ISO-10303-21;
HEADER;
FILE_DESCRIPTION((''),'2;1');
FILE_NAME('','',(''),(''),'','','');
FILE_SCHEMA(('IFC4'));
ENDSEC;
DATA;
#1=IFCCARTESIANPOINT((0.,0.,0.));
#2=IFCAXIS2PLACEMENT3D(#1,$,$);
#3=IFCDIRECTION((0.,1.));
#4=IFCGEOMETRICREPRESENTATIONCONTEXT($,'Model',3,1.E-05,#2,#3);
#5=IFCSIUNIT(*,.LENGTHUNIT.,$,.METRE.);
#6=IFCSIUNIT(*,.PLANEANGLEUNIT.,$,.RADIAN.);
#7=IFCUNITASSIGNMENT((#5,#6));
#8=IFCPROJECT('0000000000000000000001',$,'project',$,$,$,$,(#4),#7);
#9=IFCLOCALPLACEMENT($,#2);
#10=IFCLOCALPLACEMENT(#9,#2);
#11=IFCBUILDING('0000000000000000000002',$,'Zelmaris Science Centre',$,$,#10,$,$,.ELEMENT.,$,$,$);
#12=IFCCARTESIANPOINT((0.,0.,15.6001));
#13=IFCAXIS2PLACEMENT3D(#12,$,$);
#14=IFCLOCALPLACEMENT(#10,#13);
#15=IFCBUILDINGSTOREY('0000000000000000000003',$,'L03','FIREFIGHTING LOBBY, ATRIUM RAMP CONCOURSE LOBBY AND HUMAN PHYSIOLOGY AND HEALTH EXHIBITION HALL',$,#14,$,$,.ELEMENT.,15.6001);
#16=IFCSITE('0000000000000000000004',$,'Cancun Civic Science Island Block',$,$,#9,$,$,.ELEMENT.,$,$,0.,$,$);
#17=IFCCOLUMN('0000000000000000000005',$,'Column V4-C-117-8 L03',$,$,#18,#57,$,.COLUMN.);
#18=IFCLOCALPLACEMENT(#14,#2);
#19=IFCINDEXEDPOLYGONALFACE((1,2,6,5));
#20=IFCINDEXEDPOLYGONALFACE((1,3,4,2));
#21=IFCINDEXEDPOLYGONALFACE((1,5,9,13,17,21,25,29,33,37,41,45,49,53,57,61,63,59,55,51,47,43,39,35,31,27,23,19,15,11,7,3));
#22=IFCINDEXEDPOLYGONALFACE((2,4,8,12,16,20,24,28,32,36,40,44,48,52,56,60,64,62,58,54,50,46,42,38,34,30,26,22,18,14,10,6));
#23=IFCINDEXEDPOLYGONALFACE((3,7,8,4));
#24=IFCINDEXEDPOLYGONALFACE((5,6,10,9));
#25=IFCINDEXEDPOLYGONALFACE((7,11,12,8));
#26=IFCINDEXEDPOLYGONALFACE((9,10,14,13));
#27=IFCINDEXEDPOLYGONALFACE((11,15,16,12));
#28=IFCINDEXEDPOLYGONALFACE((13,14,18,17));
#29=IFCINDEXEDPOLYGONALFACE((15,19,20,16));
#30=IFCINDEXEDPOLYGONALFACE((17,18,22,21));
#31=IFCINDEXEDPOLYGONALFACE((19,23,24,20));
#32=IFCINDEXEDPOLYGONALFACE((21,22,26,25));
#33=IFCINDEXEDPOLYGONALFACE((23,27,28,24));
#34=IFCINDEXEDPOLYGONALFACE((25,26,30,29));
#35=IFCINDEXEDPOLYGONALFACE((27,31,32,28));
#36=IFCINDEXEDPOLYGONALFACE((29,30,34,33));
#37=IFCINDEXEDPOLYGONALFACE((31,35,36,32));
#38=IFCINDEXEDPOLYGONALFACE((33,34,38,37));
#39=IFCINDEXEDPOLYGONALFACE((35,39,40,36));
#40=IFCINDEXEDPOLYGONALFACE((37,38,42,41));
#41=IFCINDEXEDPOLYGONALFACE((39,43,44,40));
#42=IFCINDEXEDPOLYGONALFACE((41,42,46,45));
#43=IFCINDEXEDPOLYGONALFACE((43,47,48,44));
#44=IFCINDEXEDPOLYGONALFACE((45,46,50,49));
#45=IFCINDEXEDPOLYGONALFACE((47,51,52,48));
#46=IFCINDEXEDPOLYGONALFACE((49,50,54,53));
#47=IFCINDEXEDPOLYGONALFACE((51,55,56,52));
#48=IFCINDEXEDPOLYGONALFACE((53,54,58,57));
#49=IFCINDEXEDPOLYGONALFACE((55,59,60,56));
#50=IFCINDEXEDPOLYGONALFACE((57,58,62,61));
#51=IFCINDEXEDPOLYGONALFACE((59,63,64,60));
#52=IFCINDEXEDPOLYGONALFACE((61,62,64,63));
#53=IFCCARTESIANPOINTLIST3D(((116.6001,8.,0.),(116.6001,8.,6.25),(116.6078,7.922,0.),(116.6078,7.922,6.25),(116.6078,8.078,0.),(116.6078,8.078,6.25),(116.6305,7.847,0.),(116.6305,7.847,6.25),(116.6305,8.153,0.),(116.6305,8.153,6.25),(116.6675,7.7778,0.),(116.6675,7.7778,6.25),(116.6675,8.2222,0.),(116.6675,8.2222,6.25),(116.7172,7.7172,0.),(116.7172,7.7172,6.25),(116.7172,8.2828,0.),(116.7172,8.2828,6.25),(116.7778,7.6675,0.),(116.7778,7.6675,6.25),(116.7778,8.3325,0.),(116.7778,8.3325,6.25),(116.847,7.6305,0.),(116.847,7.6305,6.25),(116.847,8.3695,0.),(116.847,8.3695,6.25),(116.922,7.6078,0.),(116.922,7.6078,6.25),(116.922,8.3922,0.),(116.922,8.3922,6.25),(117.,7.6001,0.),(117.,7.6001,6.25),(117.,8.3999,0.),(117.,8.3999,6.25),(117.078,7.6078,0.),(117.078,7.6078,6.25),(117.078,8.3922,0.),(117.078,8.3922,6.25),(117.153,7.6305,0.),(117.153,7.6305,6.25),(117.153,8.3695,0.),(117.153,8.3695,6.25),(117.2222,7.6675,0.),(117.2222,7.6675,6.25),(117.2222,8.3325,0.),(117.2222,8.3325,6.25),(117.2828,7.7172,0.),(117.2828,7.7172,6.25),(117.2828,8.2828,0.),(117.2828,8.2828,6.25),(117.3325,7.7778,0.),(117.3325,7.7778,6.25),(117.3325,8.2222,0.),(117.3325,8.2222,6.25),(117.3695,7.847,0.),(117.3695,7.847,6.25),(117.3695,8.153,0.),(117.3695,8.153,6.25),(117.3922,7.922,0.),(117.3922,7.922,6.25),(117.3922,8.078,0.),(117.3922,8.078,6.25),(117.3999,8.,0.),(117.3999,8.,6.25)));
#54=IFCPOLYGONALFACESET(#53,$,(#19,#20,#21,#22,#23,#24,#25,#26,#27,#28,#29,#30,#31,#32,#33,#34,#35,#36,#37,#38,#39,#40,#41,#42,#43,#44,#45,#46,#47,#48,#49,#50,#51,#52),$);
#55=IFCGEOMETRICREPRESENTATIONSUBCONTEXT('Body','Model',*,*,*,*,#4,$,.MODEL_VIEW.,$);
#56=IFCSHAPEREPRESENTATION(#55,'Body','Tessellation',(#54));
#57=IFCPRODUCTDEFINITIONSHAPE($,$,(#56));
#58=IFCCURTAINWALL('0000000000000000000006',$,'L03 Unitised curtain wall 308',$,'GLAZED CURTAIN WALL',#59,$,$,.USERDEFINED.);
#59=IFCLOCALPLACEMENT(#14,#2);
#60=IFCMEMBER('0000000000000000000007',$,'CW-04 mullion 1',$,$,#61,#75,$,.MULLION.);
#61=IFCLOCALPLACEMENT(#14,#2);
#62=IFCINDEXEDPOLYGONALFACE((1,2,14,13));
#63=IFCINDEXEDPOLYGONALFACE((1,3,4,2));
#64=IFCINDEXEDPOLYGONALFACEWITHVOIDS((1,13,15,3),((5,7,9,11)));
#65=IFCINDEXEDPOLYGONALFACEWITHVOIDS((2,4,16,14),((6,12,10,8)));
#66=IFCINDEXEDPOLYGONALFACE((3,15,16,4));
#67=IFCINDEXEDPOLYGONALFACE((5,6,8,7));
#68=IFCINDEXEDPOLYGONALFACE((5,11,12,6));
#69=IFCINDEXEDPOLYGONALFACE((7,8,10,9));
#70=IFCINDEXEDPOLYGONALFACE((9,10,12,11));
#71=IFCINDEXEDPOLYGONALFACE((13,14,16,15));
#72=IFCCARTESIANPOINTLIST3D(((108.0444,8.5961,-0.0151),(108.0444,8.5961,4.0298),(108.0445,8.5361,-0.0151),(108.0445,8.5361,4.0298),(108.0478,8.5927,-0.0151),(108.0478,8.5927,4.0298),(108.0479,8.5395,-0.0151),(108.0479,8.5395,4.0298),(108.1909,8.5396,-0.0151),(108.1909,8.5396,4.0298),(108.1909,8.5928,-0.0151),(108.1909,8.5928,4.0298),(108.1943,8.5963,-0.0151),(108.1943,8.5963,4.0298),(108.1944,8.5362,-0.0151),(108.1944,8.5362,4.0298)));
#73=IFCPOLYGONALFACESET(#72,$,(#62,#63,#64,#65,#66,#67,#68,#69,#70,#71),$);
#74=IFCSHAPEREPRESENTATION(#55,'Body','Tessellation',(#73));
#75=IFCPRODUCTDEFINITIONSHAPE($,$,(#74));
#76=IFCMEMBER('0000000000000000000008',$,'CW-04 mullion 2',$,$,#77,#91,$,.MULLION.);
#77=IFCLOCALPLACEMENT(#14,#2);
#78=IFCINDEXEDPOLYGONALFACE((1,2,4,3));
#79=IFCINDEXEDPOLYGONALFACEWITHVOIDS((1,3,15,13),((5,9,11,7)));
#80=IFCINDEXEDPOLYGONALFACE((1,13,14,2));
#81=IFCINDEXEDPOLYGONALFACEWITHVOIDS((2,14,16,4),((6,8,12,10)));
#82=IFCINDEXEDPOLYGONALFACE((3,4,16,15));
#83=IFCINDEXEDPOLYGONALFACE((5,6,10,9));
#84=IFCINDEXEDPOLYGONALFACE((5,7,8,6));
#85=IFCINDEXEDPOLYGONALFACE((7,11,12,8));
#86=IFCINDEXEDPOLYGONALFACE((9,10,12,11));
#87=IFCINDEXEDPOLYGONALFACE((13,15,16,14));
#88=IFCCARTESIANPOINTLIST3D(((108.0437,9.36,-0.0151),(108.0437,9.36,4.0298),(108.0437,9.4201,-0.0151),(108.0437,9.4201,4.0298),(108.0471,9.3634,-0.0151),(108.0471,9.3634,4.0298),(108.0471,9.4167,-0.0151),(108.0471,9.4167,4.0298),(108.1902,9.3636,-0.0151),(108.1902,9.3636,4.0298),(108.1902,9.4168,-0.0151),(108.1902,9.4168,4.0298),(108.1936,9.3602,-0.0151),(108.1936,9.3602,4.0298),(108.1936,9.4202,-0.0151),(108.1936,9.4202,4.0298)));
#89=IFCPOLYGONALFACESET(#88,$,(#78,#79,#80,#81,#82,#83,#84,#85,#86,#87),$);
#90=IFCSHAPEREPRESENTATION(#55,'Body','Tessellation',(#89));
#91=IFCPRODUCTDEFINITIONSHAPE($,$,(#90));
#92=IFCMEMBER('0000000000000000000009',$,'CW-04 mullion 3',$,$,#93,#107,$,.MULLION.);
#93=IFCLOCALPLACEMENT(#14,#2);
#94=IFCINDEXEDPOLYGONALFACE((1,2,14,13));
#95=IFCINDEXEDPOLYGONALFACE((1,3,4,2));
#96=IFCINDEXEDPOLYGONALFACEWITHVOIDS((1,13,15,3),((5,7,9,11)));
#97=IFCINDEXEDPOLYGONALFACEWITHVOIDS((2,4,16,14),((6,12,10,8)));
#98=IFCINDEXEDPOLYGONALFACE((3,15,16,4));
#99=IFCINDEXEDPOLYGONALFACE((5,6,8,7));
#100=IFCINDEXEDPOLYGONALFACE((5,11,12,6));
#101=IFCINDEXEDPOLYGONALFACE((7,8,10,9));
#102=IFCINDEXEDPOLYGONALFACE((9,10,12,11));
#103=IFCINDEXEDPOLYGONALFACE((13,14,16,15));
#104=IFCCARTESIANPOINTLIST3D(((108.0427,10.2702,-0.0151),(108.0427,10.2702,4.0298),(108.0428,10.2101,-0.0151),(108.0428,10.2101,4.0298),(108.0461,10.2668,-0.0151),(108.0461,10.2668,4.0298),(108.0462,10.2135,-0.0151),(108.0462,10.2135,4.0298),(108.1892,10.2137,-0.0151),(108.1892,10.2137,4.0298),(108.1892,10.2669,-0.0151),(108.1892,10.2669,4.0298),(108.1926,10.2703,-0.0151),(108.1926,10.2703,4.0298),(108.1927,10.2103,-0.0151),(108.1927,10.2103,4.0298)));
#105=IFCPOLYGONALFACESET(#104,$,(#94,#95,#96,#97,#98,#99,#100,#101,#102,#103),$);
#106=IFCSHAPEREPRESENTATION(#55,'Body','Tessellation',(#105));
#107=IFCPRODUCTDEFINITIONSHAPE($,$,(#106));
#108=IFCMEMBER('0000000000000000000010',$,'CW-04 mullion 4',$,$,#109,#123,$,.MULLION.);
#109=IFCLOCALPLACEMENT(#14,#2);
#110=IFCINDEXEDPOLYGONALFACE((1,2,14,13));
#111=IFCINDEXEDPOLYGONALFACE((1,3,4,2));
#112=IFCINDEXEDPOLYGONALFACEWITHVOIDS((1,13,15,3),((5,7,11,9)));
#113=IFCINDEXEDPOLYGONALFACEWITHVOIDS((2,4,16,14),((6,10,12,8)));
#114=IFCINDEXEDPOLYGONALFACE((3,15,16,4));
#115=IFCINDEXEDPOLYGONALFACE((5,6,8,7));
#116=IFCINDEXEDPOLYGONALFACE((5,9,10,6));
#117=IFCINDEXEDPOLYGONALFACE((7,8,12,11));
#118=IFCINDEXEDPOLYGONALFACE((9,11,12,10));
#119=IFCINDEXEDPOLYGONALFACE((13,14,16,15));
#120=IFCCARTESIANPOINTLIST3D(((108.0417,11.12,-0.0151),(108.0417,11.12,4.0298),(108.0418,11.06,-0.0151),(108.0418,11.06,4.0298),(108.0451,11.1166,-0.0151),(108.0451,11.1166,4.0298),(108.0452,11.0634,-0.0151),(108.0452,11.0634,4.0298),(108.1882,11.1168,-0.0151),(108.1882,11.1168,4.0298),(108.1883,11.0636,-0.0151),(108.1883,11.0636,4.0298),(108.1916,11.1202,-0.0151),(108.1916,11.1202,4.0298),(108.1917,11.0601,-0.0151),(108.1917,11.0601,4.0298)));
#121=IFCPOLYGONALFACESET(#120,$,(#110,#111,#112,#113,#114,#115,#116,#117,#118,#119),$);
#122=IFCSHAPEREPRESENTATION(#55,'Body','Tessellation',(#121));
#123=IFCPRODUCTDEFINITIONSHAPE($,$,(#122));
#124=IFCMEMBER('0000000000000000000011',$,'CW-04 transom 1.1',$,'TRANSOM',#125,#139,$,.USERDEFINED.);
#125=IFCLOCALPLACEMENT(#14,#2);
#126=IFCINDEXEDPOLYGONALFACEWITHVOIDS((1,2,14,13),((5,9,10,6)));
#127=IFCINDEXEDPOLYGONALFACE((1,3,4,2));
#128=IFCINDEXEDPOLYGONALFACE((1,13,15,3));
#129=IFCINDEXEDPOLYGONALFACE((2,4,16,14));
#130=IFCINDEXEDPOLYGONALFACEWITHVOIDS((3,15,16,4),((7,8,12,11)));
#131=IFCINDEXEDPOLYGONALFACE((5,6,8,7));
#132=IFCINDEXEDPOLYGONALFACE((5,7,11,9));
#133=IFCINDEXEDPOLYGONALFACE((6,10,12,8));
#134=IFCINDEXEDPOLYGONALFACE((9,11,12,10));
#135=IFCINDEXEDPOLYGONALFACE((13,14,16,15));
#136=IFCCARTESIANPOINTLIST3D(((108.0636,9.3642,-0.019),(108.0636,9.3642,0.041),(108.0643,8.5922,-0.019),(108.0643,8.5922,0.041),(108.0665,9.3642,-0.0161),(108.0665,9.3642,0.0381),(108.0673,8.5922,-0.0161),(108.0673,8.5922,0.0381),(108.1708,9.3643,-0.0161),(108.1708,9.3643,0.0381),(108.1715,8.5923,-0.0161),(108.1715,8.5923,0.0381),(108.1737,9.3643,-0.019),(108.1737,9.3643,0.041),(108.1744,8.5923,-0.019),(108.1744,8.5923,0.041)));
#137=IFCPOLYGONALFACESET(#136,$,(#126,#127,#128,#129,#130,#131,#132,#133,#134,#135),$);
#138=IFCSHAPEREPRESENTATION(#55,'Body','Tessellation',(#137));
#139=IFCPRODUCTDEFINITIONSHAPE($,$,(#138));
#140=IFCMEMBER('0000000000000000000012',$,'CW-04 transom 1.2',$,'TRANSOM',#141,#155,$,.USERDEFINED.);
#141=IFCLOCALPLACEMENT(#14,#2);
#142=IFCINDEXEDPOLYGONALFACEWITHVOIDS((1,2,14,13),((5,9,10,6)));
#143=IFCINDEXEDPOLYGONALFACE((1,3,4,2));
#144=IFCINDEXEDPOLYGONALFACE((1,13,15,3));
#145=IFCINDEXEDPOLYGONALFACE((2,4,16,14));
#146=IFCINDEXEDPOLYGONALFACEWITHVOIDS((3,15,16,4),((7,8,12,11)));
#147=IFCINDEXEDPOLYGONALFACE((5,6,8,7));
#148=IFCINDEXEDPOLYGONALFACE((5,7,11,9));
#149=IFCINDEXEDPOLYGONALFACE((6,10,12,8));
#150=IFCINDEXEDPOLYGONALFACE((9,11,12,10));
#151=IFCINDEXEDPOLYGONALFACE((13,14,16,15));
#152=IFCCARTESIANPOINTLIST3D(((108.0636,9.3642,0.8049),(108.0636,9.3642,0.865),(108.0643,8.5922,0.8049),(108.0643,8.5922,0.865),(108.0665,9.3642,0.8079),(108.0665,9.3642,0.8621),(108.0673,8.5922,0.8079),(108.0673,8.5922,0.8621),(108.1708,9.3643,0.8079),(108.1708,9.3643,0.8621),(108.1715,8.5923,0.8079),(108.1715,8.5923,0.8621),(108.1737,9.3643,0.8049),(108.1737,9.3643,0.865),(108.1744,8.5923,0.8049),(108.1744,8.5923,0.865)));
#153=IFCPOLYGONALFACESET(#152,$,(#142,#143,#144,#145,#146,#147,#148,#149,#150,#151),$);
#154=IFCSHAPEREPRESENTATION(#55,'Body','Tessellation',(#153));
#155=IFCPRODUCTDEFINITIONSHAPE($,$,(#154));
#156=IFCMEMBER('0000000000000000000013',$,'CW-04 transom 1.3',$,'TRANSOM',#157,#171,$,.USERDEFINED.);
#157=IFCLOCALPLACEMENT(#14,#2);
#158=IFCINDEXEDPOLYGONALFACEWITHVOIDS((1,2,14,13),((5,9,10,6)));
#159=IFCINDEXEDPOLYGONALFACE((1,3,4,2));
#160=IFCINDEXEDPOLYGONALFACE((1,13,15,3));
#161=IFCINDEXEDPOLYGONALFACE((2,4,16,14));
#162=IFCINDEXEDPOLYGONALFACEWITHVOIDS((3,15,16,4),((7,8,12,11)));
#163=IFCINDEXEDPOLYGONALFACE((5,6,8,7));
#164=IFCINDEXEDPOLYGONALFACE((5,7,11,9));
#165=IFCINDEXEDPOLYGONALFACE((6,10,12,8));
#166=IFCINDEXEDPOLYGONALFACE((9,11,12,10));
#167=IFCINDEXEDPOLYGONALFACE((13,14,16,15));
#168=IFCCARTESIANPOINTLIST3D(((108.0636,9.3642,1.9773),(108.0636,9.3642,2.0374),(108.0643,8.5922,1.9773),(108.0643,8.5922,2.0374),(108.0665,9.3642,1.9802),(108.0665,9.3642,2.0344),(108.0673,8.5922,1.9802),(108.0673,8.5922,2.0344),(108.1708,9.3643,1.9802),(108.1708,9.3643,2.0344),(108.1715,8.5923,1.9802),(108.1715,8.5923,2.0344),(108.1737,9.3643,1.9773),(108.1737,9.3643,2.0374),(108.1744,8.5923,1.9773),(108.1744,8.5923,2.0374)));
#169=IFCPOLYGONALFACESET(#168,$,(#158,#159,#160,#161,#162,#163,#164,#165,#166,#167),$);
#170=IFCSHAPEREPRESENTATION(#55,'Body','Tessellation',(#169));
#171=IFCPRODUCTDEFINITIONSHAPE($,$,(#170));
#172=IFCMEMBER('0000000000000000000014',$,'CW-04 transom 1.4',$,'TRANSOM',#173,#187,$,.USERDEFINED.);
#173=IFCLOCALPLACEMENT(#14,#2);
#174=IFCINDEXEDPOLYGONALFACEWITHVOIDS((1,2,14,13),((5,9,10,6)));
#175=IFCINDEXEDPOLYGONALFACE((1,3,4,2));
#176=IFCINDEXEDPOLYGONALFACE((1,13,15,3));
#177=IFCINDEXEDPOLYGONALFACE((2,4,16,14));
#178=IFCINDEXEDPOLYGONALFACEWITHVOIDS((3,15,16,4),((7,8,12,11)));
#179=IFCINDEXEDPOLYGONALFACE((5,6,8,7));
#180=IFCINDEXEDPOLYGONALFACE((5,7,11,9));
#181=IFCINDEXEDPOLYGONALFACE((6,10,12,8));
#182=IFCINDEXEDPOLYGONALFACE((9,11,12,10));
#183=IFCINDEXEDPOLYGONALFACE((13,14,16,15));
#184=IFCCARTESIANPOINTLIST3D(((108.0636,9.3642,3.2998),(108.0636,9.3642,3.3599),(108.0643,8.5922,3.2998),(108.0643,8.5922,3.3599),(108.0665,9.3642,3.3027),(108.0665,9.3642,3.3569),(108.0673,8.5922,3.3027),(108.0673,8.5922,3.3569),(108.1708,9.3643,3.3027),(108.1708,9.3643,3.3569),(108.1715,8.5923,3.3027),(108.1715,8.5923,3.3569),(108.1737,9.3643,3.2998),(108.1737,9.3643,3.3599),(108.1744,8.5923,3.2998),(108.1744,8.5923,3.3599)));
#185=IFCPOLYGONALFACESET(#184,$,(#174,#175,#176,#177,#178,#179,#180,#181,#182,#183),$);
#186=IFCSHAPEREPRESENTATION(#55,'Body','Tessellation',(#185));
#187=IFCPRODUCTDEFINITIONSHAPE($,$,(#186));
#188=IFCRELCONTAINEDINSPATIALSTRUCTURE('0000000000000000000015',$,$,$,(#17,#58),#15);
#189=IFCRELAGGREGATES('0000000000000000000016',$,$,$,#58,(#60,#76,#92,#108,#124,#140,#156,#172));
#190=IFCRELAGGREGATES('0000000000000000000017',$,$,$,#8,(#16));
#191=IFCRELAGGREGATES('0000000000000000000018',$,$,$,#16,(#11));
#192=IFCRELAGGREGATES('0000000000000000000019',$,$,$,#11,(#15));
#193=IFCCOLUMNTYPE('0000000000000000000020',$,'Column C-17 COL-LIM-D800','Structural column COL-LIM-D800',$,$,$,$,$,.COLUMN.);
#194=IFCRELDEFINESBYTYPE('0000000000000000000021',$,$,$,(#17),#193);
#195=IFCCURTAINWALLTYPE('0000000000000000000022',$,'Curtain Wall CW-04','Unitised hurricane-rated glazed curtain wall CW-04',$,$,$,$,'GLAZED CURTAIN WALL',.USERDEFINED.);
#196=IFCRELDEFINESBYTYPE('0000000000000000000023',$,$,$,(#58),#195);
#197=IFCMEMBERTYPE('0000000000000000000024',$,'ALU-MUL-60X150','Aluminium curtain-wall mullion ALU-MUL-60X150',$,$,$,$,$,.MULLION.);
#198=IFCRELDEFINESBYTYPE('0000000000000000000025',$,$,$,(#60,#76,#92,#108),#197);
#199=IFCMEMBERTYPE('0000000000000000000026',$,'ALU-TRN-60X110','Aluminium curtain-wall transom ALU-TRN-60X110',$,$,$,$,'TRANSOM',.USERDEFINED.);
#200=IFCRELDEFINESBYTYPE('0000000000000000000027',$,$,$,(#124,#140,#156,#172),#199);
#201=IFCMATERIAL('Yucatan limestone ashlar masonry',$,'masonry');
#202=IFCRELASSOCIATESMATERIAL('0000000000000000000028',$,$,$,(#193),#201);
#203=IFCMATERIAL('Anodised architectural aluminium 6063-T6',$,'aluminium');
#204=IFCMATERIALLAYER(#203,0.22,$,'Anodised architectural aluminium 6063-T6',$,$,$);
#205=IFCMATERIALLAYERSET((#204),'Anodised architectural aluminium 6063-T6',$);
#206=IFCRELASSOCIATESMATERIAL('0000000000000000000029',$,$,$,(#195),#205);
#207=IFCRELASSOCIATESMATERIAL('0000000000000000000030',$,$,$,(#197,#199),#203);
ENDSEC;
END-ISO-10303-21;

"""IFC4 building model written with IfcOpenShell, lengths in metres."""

from ifc_helpers import new_model, si_unit, direction, frame, origin, origin_2d, place, context, subcontext, project, spatial, hollow_rectangle, circle, extrude, material, layer, layer_set, material_profile, profile_set, type_object, element, aggregate, save


model = new_model("IFC4")

# Units and contexts
model_context = context("Model", 3, precision=1e-05, world=origin(), true_north=direction((0.0, 1.0)))
body_context = subcontext(model_context, "Body", "Model", "MODEL_VIEW")
ifc_project = project(units=[si_unit("LENGTHUNIT", "METRE"), si_unit("PLANEANGLEUNIT", "RADIAN")], contexts=[model_context])

# Site, building, storey
site_placement = place(None, origin())
site = spatial("IfcSite", under=ifc_project, at=site_placement, Name="Cancun Civic Science Island Block", CompositionType="ELEMENT", RefElevation=0.0)
building_placement = place(site_placement, origin())
building = spatial("IfcBuilding", under=site, at=building_placement, Name="Zelmaris Science Centre", CompositionType="ELEMENT")
storey_placement = place(building_placement, frame((0.0, 0.0, 15.6001)))
storey = spatial("IfcBuildingStorey", under=building, at=storey_placement, Name="L03", Description="FIREFIGHTING LOBBY, ATRIUM RAMP CONCOURSE LOBBY AND HUMAN PHYSIOLOGY AND HEALTH EXHIBITION HALL", CompositionType="ELEMENT", Elevation=15.6001)

# Column
ifc_material_1 = material(Name="Yucatan limestone ashlar masonry", Category="masonry")
ifc_material_profile_1 = material_profile(ifc_material_1, circle(Radius=0.3999, at=origin_2d()), Name="COL-LIM-D800")
ifc_profile_set_1 = profile_set([ifc_material_profile_1], Name="Yucatan limestone ashlar masonry")
column_type = type_object("IfcColumnType", Name="Column C-17 COL-LIM-D800", Description="Structural column COL-LIM-D800", PredefinedType="COLUMN", material=ifc_profile_set_1)
column_placement = place(storey_placement, frame((117.0, 8.0, 0.0), z_axis=(0.0, 0.0, 1.0), x_axis=(1.0, 0.0, 0.0)))
element("IfcColumn", 1, at=column_placement, inside=storey, type_object=column_type, Name="Column V4-C-117-8 L03", PredefinedType="COLUMN", context=body_context, shape_type="SweptSolid", body=[
    extrude(circle(Radius=0.3999, at=origin_2d()), origin(), (0.0, 0.0, 1.0), 6.25),
])

# Curtain wall, members
ifc_material_2 = material(Name="Anodised architectural aluminium 6063-T6", Category="aluminium")
ifc_layer_1 = layer(ifc_material_2, 0.22, Name="Anodised architectural aluminium 6063-T6")
ifc_layer_set_1 = layer_set([ifc_layer_1], Name="Anodised architectural aluminium 6063-T6")
curtain_wall_type = type_object("IfcCurtainWallType", Name="Curtain Wall CW-04", Description="Unitised hurricane-rated glazed curtain wall CW-04", ElementType="GLAZED CURTAIN WALL", PredefinedType="USERDEFINED", material=ifc_layer_set_1)
curtain_wall_placement = place(storey_placement, origin())
curtain_wall = element("IfcCurtainWall", 2, at=curtain_wall_placement, inside=storey, type_object=curtain_wall_type, Name="L03 Unitised curtain wall 308", ObjectType="GLAZED CURTAIN WALL", PredefinedType="USERDEFINED")
ifc_material_profile_2 = material_profile(ifc_material_2, hollow_rectangle(XDim=0.0601, YDim=0.1499, WallThickness=0.0034, at=origin_2d()), Name="ALU-MUL-60X150")
ifc_profile_set_2 = profile_set([ifc_material_profile_2], Name="Anodised architectural aluminium 6063-T6")
member_type_1 = type_object("IfcMemberType", Name="ALU-MUL-60X150", Description="Aluminium curtain-wall mullion ALU-MUL-60X150", PredefinedType="MULLION", material=ifc_profile_set_2)
member_1_placement = place(storey_placement, frame((108.1194, 8.5662, -0.0151), z_axis=(0.0, 0.0, 1.0), x_axis=(-0.001054, 0.999999, 0.0)))
member_1 = element("IfcMember", 3, at=member_1_placement, type_object=member_type_1, Name="CW-04 mullion 1", PredefinedType="MULLION", context=body_context, shape_type="SweptSolid", body=[
    extrude(hollow_rectangle(XDim=0.0601, YDim=0.1499, WallThickness=0.0034, at=origin_2d()), origin(), (0.0, 0.0, 1.0), 4.0449),
])
member_2_placement = place(storey_placement, frame((108.1187, 9.3901, -0.0151), z_axis=(0.0, 0.0, 1.0), x_axis=(-0.001054, 0.999999, 0.0)))
member_2 = element("IfcMember", 4, at=member_2_placement, type_object=member_type_1, Name="CW-04 mullion 2", PredefinedType="MULLION", context=body_context, shape_type="SweptSolid", body=[
    extrude(hollow_rectangle(XDim=0.0601, YDim=0.1499, WallThickness=0.0034, at=origin_2d()), origin(), (0.0, 0.0, 1.0), 4.0449),
])
member_3_placement = place(storey_placement, frame((108.1177, 10.2402, -0.0151), z_axis=(0.0, 0.0, 1.0), x_axis=(-0.001054, 0.999999, 0.0)))
member_3 = element("IfcMember", 5, at=member_3_placement, type_object=member_type_1, Name="CW-04 mullion 3", PredefinedType="MULLION", context=body_context, shape_type="SweptSolid", body=[
    extrude(hollow_rectangle(XDim=0.0601, YDim=0.1499, WallThickness=0.0034, at=origin_2d()), origin(), (0.0, 0.0, 1.0), 4.0449),
])
member_4_placement = place(storey_placement, frame((108.1167, 11.0901, -0.0151), z_axis=(0.0, 0.0, 1.0), x_axis=(-0.001054, 0.999999, 0.0)))
member_4 = element("IfcMember", 6, at=member_4_placement, type_object=member_type_1, Name="CW-04 mullion 4", PredefinedType="MULLION", context=body_context, shape_type="SweptSolid", body=[
    extrude(hollow_rectangle(XDim=0.0601, YDim=0.1499, WallThickness=0.0034, at=origin_2d()), origin(), (0.0, 0.0, 1.0), 4.0449),
])
ifc_material_profile_3 = material_profile(ifc_material_2, hollow_rectangle(XDim=0.0601, YDim=0.1101, WallThickness=0.0029, at=origin_2d()), Name="ALU-TRN-60X110")
ifc_profile_set_3 = profile_set([ifc_material_profile_3], Name="Anodised architectural aluminium 6063-T6")
member_type_2 = type_object("IfcMemberType", Name="ALU-TRN-60X110", Description="Aluminium curtain-wall transom ALU-TRN-60X110", ElementType="TRANSOM", PredefinedType="USERDEFINED", material=ifc_profile_set_3)
member_5_placement = place(storey_placement, frame((108.1194, 8.5923, 0.011), z_axis=(-0.000949, 1.0, 0.0), x_axis=(0.0, 0.0, 1.0)))
member_5 = element("IfcMember", 7, at=member_5_placement, type_object=member_type_2, Name="CW-04 transom 1.1", ObjectType="TRANSOM", PredefinedType="USERDEFINED", context=body_context, shape_type="SweptSolid", body=[
    extrude(hollow_rectangle(XDim=0.0601, YDim=0.1101, WallThickness=0.0029, at=origin_2d()), origin(), (0.0, 0.0, 1.0), 0.772),
])
member_6_placement = place(storey_placement, frame((108.1194, 8.5923, 0.835), z_axis=(-0.000949, 1.0, 0.0), x_axis=(0.0, 0.0, 1.0)))
member_6 = element("IfcMember", 8, at=member_6_placement, type_object=member_type_2, Name="CW-04 transom 1.2", ObjectType="TRANSOM", PredefinedType="USERDEFINED", context=body_context, shape_type="SweptSolid", body=[
    extrude(hollow_rectangle(XDim=0.0601, YDim=0.1101, WallThickness=0.0029, at=origin_2d()), origin(), (0.0, 0.0, 1.0), 0.772),
])
member_7_placement = place(storey_placement, frame((108.1194, 8.5923, 2.0073), z_axis=(-0.000949, 1.0, 0.0), x_axis=(0.0, 0.0, 1.0)))
member_7 = element("IfcMember", 9, at=member_7_placement, type_object=member_type_2, Name="CW-04 transom 1.3", ObjectType="TRANSOM", PredefinedType="USERDEFINED", context=body_context, shape_type="SweptSolid", body=[
    extrude(hollow_rectangle(XDim=0.0601, YDim=0.1101, WallThickness=0.0029, at=origin_2d()), origin(), (0.0, 0.0, 1.0), 0.772),
])
member_8_placement = place(storey_placement, frame((108.1194, 8.5923, 3.3298), z_axis=(-0.000949, 1.0, 0.0), x_axis=(0.0, 0.0, 1.0)))
member_8 = element("IfcMember", 10, at=member_8_placement, type_object=member_type_2, Name="CW-04 transom 1.4", ObjectType="TRANSOM", PredefinedType="USERDEFINED", context=body_context, shape_type="SweptSolid", body=[
    extrude(hollow_rectangle(XDim=0.0601, YDim=0.1101, WallThickness=0.0029, at=origin_2d()), origin(), (0.0, 0.0, 1.0), 0.772),
])

aggregate(curtain_wall, [member_1, member_2, member_3, member_4, member_5, member_6, member_7, member_8])

save(model, "model.ifc")
